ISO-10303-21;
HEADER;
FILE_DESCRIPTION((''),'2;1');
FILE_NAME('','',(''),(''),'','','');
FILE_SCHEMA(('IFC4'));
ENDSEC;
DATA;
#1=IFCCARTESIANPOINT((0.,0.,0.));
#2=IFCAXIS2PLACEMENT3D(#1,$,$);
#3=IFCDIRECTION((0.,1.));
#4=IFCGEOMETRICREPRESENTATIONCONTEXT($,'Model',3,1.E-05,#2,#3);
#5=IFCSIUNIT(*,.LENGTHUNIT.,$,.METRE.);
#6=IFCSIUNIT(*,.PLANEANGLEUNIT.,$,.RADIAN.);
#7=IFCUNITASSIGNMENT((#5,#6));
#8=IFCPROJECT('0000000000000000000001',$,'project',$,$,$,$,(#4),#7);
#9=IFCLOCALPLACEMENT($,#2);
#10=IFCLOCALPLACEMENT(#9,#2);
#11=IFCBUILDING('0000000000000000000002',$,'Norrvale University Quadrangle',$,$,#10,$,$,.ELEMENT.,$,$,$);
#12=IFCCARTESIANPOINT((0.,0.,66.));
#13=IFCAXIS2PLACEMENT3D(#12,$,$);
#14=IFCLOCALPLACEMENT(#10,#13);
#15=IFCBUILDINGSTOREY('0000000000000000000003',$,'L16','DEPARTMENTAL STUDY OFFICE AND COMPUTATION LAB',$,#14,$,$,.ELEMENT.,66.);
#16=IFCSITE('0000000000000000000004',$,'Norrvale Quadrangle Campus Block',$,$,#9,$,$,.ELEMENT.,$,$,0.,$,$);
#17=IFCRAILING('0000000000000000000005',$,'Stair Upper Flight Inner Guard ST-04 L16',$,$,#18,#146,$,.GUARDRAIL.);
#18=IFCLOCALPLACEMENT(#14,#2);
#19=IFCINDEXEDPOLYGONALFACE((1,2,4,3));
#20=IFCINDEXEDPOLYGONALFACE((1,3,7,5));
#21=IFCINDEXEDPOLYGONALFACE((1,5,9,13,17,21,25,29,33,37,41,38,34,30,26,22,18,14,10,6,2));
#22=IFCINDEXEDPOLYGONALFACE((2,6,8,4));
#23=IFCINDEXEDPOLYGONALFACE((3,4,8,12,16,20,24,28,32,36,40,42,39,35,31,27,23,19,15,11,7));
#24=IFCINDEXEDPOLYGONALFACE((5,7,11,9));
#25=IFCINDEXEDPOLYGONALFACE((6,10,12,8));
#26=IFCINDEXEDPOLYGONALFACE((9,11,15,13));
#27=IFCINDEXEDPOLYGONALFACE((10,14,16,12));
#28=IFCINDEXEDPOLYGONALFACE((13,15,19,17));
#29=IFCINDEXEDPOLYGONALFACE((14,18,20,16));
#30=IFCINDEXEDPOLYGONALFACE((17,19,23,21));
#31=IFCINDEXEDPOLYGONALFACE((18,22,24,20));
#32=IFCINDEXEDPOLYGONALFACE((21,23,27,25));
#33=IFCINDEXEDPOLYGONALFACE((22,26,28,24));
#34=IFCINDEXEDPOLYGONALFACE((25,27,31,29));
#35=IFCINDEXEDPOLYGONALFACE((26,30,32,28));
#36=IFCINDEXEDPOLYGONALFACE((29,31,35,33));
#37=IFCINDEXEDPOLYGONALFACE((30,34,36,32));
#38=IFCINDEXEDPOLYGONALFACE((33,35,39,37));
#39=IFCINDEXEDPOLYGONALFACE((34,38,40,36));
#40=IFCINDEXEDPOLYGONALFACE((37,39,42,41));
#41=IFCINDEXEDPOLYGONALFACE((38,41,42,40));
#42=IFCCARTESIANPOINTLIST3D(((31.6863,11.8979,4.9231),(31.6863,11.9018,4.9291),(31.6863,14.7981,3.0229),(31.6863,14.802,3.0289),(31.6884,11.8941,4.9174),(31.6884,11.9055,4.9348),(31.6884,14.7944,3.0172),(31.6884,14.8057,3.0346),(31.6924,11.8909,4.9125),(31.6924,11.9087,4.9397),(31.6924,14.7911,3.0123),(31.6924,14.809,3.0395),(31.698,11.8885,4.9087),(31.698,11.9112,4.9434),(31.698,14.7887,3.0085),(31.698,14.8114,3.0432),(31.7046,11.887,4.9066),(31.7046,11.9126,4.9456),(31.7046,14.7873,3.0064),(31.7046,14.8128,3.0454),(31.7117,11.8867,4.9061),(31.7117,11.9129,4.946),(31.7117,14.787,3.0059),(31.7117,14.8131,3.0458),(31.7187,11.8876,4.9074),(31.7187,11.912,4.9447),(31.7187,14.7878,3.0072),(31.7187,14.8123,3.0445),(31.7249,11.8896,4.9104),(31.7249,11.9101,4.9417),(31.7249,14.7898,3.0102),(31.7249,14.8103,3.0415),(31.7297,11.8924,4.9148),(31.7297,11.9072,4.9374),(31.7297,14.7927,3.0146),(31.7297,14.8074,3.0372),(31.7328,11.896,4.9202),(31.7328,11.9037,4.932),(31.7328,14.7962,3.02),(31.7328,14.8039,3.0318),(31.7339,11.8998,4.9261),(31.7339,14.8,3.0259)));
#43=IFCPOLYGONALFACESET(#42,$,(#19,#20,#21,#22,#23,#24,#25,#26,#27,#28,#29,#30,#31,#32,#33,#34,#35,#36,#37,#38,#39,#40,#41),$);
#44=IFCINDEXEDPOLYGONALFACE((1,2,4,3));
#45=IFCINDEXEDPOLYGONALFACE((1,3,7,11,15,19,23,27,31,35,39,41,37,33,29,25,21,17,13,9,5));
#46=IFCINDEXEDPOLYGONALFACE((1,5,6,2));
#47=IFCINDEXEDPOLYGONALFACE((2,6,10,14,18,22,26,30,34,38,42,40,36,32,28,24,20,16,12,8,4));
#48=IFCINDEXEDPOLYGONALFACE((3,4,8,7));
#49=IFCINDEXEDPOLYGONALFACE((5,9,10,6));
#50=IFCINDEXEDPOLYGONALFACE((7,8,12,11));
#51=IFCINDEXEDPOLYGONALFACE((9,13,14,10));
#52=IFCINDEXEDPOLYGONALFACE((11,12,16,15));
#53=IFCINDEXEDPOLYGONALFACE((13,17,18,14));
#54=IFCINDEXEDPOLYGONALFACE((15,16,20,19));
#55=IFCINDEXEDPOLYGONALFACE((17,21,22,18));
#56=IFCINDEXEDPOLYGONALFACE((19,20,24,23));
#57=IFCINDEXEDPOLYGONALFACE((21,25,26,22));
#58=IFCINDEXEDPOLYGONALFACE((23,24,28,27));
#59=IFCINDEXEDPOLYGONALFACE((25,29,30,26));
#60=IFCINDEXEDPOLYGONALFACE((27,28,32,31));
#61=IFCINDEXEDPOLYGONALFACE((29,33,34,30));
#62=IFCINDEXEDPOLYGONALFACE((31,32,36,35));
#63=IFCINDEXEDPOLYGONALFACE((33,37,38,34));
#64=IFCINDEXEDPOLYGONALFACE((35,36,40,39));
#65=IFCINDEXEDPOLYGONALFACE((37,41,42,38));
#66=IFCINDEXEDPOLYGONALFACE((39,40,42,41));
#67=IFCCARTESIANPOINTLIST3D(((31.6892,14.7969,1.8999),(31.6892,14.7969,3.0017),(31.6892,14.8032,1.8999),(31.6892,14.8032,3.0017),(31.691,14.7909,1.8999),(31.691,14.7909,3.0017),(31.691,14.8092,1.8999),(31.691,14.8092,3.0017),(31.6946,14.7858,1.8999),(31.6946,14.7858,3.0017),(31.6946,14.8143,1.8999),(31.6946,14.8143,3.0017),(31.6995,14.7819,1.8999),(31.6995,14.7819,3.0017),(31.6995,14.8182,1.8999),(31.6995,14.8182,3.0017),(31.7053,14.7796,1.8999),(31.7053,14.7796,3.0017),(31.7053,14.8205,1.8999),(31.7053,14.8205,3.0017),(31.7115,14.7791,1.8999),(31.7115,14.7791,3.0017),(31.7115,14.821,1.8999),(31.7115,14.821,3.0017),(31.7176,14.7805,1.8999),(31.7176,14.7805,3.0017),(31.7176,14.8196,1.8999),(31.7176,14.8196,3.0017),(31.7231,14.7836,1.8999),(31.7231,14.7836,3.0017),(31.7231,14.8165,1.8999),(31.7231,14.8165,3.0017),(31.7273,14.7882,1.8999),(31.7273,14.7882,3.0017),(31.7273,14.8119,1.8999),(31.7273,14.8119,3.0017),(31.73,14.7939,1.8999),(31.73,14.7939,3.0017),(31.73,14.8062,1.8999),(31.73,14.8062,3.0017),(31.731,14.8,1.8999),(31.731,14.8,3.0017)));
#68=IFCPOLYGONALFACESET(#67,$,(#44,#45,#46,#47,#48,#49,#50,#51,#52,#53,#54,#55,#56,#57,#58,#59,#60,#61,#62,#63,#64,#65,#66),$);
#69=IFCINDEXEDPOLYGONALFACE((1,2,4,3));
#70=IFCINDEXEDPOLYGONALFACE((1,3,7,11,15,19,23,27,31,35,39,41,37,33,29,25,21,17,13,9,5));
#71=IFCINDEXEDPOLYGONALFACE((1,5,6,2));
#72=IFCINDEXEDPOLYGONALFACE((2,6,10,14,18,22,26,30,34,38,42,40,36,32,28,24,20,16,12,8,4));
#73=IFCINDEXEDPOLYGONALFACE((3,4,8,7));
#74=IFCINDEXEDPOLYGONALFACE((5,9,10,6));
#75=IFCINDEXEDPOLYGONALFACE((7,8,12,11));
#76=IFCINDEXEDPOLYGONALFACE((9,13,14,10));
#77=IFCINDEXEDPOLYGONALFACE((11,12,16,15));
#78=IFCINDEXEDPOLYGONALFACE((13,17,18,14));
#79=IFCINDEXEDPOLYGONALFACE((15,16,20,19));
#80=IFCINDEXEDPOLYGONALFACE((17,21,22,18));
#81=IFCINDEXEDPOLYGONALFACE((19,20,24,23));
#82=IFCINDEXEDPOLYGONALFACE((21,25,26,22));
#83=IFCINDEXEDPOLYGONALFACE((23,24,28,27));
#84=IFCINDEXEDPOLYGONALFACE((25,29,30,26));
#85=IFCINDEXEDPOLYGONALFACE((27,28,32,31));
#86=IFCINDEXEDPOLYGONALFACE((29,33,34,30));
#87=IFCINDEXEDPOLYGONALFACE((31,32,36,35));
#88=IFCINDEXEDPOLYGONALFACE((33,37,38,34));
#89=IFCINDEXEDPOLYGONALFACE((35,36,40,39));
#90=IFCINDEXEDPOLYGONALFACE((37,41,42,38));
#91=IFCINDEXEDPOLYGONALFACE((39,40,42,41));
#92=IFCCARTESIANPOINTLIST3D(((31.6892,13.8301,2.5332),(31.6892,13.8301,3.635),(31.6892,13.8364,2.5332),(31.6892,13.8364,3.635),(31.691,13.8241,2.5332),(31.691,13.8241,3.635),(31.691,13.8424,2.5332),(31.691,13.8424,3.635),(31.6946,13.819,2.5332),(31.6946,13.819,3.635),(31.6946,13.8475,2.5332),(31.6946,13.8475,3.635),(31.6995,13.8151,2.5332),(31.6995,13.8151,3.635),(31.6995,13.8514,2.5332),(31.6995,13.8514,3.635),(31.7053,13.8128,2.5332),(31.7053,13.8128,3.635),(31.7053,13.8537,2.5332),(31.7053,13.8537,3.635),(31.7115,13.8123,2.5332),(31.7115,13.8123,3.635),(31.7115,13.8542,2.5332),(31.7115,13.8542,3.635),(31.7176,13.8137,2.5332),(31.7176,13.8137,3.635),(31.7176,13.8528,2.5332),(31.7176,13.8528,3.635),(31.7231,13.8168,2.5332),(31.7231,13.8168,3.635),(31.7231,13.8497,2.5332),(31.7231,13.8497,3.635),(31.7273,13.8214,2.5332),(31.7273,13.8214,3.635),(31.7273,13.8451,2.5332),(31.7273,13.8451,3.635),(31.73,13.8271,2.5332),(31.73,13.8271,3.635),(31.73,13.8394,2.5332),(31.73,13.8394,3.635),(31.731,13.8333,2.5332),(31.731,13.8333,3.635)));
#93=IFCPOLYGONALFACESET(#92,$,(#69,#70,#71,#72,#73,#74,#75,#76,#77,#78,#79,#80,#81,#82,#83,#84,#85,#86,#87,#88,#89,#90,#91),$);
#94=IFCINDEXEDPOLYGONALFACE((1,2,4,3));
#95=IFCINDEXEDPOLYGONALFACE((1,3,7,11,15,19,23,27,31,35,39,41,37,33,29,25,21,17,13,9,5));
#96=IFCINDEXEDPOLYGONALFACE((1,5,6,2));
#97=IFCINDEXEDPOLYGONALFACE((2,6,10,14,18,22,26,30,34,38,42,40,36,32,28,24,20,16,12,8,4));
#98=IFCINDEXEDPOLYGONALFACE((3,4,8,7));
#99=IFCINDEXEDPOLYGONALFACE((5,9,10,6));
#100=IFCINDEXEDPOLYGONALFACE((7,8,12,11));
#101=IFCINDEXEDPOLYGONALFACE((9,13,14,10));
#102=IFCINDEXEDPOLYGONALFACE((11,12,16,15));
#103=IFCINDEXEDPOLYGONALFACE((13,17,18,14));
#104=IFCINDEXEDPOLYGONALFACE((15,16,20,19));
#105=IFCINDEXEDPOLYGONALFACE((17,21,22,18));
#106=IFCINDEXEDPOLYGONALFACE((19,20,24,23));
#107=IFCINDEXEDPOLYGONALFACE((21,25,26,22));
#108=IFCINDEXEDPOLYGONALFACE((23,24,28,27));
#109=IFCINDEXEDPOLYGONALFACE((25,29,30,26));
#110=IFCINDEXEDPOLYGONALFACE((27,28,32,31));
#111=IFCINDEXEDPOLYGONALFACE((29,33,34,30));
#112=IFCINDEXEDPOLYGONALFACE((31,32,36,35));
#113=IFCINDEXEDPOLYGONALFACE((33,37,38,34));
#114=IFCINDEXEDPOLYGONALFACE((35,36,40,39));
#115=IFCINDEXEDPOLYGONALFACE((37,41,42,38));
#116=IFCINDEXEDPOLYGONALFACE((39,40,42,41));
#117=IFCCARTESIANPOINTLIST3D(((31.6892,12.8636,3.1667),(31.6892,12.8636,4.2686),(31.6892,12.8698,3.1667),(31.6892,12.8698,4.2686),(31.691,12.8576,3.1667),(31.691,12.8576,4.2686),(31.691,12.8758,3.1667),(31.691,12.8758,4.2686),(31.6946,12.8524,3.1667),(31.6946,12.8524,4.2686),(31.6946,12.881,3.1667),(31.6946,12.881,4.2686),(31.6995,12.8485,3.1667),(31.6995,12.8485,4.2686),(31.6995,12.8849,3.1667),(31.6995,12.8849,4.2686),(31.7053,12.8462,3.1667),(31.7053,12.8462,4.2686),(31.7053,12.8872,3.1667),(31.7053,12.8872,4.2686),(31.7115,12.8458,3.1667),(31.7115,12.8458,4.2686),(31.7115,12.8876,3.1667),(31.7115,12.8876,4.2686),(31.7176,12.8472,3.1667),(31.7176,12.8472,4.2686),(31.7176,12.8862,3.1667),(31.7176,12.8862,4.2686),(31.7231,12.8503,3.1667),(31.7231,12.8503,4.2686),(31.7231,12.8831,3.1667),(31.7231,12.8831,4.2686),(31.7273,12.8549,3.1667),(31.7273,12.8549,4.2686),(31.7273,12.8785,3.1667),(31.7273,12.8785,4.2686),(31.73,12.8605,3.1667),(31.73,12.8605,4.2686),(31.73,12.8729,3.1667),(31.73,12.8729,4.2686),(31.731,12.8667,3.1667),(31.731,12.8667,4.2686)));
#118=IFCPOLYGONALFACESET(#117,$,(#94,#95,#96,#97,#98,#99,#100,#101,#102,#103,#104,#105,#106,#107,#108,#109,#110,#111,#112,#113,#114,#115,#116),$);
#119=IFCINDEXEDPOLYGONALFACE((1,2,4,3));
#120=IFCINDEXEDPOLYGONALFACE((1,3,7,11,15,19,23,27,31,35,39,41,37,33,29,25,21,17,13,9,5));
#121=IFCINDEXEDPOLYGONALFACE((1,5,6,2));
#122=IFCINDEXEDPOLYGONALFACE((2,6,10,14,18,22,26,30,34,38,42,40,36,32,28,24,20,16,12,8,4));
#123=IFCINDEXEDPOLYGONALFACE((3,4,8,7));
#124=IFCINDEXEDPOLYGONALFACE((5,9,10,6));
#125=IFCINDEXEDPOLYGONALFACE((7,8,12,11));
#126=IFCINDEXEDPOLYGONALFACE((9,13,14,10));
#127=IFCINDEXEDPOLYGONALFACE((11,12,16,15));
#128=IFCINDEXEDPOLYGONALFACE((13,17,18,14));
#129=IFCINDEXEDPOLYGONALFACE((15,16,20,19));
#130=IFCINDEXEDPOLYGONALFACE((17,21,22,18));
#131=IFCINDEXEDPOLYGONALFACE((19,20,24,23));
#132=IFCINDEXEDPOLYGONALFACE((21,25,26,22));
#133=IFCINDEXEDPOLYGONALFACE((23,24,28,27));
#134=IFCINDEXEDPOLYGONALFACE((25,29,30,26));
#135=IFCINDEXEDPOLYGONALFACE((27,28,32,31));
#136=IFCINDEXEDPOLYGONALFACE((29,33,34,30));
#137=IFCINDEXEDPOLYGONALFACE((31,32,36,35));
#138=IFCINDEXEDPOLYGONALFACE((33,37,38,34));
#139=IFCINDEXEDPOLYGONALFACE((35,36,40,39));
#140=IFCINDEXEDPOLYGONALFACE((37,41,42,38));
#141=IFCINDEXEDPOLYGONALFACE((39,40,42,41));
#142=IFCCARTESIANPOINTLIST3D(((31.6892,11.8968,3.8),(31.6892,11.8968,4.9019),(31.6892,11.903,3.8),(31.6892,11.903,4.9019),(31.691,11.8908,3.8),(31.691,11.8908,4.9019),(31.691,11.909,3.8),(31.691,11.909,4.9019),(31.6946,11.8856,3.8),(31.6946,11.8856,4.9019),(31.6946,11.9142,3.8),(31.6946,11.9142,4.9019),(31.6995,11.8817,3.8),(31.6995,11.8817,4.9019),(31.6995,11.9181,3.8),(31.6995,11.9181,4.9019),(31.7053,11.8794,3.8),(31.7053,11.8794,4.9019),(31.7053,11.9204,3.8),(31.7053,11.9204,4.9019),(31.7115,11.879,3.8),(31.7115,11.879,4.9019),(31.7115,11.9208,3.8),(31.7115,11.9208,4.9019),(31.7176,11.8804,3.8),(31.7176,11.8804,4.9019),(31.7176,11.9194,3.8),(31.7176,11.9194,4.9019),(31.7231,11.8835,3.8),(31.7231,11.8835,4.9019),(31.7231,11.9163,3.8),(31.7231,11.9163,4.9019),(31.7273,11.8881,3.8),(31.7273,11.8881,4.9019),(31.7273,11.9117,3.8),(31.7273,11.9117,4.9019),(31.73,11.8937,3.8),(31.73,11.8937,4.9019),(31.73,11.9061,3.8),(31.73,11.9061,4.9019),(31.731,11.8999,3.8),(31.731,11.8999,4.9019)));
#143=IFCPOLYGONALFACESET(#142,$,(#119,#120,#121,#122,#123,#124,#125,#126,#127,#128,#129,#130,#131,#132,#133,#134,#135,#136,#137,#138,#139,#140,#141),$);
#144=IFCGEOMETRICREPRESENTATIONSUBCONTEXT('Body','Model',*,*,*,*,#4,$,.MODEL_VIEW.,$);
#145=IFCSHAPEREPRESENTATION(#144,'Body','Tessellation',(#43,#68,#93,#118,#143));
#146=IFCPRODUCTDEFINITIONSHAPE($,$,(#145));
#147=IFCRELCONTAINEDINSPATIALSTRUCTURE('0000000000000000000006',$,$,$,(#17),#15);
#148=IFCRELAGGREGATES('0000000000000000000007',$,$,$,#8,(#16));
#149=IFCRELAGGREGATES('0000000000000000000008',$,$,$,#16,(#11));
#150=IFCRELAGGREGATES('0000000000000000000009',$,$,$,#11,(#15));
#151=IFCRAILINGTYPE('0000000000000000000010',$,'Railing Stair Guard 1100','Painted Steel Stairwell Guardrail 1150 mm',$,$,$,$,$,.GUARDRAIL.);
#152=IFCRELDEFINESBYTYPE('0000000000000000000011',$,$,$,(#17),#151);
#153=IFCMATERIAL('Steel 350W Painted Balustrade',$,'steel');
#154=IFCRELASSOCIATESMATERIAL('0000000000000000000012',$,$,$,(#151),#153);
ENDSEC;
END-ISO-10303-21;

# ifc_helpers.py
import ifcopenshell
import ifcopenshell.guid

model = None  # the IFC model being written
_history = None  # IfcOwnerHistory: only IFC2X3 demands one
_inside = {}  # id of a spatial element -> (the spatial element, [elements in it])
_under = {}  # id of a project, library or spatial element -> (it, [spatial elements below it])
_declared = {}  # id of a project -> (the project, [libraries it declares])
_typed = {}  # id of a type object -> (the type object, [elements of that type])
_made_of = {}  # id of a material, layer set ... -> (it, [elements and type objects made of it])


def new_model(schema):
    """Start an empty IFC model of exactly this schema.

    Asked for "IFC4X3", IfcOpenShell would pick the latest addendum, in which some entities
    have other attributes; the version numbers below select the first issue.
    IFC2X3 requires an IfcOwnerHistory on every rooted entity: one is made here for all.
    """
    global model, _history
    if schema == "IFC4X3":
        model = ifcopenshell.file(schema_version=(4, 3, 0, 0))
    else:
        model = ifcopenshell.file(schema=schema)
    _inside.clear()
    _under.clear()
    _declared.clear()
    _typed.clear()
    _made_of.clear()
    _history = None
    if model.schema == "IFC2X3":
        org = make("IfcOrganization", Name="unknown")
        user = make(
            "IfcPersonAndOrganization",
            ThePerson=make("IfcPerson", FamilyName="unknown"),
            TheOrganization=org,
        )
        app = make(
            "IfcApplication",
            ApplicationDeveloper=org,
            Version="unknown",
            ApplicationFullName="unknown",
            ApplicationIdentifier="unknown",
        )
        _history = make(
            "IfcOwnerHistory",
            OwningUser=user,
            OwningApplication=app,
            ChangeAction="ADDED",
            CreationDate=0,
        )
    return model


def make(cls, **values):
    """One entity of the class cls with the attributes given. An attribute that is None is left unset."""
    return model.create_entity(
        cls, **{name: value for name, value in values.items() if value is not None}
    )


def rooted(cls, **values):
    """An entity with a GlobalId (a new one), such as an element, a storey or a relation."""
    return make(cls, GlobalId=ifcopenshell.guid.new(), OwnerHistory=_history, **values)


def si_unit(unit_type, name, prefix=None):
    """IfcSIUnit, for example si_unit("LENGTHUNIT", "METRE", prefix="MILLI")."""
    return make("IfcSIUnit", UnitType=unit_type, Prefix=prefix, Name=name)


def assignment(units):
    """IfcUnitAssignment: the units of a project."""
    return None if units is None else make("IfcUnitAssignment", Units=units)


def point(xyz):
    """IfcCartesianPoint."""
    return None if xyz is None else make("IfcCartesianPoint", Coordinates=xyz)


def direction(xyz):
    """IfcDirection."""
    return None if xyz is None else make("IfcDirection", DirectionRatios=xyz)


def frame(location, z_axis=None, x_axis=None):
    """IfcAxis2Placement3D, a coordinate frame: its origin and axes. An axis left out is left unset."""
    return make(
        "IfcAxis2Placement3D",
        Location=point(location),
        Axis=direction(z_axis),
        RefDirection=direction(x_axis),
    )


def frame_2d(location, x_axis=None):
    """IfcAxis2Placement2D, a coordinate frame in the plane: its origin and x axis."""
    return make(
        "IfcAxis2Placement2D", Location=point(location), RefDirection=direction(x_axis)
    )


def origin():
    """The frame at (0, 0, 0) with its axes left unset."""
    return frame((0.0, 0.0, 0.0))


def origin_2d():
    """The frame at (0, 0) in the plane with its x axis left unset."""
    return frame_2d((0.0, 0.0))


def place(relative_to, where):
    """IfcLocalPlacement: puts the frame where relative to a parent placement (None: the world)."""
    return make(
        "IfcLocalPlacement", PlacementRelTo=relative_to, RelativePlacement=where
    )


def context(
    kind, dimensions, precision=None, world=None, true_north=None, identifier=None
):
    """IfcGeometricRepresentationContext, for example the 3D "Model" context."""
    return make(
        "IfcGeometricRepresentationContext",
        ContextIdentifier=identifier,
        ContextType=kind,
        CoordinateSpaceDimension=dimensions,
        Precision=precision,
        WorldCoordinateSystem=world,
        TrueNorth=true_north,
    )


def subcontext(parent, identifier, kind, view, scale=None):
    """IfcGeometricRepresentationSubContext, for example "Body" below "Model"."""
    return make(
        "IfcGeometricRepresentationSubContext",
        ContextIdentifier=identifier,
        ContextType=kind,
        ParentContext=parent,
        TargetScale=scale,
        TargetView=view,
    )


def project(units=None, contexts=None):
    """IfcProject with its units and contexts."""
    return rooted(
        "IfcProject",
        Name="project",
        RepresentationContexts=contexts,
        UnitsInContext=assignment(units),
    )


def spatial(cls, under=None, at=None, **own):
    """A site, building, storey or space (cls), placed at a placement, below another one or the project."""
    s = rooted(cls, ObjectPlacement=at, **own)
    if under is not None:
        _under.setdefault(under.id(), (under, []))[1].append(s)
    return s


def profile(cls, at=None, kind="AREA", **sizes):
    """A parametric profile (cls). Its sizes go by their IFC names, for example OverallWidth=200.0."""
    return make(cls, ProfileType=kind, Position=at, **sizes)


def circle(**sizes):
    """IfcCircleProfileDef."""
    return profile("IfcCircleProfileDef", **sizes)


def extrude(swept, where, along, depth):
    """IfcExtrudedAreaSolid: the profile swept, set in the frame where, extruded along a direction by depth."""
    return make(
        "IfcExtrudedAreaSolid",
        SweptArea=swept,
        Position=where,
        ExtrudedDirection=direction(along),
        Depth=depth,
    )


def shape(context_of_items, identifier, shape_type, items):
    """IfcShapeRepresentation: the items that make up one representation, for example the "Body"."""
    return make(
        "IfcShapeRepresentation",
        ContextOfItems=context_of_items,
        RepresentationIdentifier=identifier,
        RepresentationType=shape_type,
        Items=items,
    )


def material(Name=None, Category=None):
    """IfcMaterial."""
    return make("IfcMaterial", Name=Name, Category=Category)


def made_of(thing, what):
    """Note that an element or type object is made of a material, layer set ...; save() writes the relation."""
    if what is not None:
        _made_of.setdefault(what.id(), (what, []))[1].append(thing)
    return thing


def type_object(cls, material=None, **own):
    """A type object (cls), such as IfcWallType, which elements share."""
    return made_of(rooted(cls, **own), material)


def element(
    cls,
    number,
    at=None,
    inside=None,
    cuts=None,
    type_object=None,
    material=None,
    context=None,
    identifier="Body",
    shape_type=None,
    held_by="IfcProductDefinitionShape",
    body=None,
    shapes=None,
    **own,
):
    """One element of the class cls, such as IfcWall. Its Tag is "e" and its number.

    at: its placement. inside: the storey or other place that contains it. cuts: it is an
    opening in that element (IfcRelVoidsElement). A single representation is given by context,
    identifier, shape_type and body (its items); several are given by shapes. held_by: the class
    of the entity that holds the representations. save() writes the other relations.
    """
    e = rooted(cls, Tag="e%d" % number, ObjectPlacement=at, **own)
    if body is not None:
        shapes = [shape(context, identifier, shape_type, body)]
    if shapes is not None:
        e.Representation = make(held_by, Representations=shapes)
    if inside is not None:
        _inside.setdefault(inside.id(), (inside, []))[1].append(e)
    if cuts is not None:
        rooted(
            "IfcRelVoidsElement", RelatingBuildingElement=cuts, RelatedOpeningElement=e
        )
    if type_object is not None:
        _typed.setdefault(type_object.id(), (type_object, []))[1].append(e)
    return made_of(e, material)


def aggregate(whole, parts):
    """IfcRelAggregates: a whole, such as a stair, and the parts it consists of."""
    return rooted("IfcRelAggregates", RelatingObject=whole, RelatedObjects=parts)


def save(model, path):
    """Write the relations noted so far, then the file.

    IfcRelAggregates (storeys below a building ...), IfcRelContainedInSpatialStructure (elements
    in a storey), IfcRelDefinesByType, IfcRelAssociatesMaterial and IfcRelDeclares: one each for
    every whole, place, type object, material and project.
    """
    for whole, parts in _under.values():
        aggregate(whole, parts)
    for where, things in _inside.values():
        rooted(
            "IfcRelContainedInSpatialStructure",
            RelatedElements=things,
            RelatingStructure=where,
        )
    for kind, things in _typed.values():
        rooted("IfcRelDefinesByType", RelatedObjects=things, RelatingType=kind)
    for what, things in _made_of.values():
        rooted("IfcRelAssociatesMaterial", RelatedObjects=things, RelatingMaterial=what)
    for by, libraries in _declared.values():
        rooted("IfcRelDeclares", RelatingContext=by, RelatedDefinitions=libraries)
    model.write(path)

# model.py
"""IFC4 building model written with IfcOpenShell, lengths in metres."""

from ifc_helpers import new_model, si_unit, direction, frame, origin, origin_2d, place, context, subcontext, project, spatial, circle, extrude, material, type_object, element, save


model = new_model("IFC4")

# Units and contexts
model_context = context("Model", 3, precision=1e-05, world=origin(), true_north=direction((0.0, 1.0)))
body_context = subcontext(model_context, "Body", "Model", "MODEL_VIEW")
ifc_project = project(units=[si_unit("LENGTHUNIT", "METRE"), si_unit("PLANEANGLEUNIT", "RADIAN")], contexts=[model_context])

# Site, building, storey
site_placement = place(None, origin())
site = spatial("IfcSite", under=ifc_project, at=site_placement, Name="Norrvale Quadrangle Campus Block", CompositionType="ELEMENT", RefElevation=0.0)
building_placement = place(site_placement, origin())
building = spatial("IfcBuilding", under=site, at=building_placement, Name="Norrvale University Quadrangle", CompositionType="ELEMENT")
storey_placement = place(building_placement, frame((0.0, 0.0, 66.0)))
storey = spatial("IfcBuildingStorey", under=building, at=storey_placement, Name="L16", Description="DEPARTMENTAL STUDY OFFICE AND COMPUTATION LAB", CompositionType="ELEMENT", Elevation=66.0)

# Railing
ifc_material_1 = material(Name="Steel 350W Painted Balustrade", Category="steel")
railing_type_1 = type_object("IfcRailingType", Name="Railing Stair Guard 1100", Description="Painted Steel Stairwell Guardrail 1150 mm", PredefinedType="GUARDRAIL", material=ifc_material_1)
railing_1_placement = place(storey_placement, frame((31.71, 14.8, 1.8999)))
element("IfcRailing", 1, at=railing_1_placement, inside=storey, type_object=railing_type_1, Name="Stair Upper Flight Inner Guard ST-04 L16", PredefinedType="GUARDRAIL", context=body_context, shape_type="SweptSolid", body=[
    extrude(circle(Radius=0.0239, at=origin_2d()), frame((0.0, 0.0, 1.126), z_axis=(0.0, -0.836454, 0.548036), x_axis=(1.0, 0.0, 0.0)), (0.0, 0.0, 1.0), 3.4673),
    extrude(circle(Radius=0.021, at=origin_2d()), origin(), (0.0, 0.0, 1.0), 1.1018),
    extrude(circle(Radius=0.021, at=origin_2d()), frame((0.0, -0.9668, 0.6333)), (0.0, 0.0, 1.0), 1.1018),
    extrude(circle(Radius=0.021, at=origin_2d()), frame((0.0, -1.9333, 1.2668)), (0.0, 0.0, 1.0), 1.1018),
    extrude(circle(Radius=0.021, at=origin_2d()), frame((0.0, -2.9001, 1.9001)), (0.0, 0.0, 1.0), 1.1018),
])

save(model, "model.ifc")
